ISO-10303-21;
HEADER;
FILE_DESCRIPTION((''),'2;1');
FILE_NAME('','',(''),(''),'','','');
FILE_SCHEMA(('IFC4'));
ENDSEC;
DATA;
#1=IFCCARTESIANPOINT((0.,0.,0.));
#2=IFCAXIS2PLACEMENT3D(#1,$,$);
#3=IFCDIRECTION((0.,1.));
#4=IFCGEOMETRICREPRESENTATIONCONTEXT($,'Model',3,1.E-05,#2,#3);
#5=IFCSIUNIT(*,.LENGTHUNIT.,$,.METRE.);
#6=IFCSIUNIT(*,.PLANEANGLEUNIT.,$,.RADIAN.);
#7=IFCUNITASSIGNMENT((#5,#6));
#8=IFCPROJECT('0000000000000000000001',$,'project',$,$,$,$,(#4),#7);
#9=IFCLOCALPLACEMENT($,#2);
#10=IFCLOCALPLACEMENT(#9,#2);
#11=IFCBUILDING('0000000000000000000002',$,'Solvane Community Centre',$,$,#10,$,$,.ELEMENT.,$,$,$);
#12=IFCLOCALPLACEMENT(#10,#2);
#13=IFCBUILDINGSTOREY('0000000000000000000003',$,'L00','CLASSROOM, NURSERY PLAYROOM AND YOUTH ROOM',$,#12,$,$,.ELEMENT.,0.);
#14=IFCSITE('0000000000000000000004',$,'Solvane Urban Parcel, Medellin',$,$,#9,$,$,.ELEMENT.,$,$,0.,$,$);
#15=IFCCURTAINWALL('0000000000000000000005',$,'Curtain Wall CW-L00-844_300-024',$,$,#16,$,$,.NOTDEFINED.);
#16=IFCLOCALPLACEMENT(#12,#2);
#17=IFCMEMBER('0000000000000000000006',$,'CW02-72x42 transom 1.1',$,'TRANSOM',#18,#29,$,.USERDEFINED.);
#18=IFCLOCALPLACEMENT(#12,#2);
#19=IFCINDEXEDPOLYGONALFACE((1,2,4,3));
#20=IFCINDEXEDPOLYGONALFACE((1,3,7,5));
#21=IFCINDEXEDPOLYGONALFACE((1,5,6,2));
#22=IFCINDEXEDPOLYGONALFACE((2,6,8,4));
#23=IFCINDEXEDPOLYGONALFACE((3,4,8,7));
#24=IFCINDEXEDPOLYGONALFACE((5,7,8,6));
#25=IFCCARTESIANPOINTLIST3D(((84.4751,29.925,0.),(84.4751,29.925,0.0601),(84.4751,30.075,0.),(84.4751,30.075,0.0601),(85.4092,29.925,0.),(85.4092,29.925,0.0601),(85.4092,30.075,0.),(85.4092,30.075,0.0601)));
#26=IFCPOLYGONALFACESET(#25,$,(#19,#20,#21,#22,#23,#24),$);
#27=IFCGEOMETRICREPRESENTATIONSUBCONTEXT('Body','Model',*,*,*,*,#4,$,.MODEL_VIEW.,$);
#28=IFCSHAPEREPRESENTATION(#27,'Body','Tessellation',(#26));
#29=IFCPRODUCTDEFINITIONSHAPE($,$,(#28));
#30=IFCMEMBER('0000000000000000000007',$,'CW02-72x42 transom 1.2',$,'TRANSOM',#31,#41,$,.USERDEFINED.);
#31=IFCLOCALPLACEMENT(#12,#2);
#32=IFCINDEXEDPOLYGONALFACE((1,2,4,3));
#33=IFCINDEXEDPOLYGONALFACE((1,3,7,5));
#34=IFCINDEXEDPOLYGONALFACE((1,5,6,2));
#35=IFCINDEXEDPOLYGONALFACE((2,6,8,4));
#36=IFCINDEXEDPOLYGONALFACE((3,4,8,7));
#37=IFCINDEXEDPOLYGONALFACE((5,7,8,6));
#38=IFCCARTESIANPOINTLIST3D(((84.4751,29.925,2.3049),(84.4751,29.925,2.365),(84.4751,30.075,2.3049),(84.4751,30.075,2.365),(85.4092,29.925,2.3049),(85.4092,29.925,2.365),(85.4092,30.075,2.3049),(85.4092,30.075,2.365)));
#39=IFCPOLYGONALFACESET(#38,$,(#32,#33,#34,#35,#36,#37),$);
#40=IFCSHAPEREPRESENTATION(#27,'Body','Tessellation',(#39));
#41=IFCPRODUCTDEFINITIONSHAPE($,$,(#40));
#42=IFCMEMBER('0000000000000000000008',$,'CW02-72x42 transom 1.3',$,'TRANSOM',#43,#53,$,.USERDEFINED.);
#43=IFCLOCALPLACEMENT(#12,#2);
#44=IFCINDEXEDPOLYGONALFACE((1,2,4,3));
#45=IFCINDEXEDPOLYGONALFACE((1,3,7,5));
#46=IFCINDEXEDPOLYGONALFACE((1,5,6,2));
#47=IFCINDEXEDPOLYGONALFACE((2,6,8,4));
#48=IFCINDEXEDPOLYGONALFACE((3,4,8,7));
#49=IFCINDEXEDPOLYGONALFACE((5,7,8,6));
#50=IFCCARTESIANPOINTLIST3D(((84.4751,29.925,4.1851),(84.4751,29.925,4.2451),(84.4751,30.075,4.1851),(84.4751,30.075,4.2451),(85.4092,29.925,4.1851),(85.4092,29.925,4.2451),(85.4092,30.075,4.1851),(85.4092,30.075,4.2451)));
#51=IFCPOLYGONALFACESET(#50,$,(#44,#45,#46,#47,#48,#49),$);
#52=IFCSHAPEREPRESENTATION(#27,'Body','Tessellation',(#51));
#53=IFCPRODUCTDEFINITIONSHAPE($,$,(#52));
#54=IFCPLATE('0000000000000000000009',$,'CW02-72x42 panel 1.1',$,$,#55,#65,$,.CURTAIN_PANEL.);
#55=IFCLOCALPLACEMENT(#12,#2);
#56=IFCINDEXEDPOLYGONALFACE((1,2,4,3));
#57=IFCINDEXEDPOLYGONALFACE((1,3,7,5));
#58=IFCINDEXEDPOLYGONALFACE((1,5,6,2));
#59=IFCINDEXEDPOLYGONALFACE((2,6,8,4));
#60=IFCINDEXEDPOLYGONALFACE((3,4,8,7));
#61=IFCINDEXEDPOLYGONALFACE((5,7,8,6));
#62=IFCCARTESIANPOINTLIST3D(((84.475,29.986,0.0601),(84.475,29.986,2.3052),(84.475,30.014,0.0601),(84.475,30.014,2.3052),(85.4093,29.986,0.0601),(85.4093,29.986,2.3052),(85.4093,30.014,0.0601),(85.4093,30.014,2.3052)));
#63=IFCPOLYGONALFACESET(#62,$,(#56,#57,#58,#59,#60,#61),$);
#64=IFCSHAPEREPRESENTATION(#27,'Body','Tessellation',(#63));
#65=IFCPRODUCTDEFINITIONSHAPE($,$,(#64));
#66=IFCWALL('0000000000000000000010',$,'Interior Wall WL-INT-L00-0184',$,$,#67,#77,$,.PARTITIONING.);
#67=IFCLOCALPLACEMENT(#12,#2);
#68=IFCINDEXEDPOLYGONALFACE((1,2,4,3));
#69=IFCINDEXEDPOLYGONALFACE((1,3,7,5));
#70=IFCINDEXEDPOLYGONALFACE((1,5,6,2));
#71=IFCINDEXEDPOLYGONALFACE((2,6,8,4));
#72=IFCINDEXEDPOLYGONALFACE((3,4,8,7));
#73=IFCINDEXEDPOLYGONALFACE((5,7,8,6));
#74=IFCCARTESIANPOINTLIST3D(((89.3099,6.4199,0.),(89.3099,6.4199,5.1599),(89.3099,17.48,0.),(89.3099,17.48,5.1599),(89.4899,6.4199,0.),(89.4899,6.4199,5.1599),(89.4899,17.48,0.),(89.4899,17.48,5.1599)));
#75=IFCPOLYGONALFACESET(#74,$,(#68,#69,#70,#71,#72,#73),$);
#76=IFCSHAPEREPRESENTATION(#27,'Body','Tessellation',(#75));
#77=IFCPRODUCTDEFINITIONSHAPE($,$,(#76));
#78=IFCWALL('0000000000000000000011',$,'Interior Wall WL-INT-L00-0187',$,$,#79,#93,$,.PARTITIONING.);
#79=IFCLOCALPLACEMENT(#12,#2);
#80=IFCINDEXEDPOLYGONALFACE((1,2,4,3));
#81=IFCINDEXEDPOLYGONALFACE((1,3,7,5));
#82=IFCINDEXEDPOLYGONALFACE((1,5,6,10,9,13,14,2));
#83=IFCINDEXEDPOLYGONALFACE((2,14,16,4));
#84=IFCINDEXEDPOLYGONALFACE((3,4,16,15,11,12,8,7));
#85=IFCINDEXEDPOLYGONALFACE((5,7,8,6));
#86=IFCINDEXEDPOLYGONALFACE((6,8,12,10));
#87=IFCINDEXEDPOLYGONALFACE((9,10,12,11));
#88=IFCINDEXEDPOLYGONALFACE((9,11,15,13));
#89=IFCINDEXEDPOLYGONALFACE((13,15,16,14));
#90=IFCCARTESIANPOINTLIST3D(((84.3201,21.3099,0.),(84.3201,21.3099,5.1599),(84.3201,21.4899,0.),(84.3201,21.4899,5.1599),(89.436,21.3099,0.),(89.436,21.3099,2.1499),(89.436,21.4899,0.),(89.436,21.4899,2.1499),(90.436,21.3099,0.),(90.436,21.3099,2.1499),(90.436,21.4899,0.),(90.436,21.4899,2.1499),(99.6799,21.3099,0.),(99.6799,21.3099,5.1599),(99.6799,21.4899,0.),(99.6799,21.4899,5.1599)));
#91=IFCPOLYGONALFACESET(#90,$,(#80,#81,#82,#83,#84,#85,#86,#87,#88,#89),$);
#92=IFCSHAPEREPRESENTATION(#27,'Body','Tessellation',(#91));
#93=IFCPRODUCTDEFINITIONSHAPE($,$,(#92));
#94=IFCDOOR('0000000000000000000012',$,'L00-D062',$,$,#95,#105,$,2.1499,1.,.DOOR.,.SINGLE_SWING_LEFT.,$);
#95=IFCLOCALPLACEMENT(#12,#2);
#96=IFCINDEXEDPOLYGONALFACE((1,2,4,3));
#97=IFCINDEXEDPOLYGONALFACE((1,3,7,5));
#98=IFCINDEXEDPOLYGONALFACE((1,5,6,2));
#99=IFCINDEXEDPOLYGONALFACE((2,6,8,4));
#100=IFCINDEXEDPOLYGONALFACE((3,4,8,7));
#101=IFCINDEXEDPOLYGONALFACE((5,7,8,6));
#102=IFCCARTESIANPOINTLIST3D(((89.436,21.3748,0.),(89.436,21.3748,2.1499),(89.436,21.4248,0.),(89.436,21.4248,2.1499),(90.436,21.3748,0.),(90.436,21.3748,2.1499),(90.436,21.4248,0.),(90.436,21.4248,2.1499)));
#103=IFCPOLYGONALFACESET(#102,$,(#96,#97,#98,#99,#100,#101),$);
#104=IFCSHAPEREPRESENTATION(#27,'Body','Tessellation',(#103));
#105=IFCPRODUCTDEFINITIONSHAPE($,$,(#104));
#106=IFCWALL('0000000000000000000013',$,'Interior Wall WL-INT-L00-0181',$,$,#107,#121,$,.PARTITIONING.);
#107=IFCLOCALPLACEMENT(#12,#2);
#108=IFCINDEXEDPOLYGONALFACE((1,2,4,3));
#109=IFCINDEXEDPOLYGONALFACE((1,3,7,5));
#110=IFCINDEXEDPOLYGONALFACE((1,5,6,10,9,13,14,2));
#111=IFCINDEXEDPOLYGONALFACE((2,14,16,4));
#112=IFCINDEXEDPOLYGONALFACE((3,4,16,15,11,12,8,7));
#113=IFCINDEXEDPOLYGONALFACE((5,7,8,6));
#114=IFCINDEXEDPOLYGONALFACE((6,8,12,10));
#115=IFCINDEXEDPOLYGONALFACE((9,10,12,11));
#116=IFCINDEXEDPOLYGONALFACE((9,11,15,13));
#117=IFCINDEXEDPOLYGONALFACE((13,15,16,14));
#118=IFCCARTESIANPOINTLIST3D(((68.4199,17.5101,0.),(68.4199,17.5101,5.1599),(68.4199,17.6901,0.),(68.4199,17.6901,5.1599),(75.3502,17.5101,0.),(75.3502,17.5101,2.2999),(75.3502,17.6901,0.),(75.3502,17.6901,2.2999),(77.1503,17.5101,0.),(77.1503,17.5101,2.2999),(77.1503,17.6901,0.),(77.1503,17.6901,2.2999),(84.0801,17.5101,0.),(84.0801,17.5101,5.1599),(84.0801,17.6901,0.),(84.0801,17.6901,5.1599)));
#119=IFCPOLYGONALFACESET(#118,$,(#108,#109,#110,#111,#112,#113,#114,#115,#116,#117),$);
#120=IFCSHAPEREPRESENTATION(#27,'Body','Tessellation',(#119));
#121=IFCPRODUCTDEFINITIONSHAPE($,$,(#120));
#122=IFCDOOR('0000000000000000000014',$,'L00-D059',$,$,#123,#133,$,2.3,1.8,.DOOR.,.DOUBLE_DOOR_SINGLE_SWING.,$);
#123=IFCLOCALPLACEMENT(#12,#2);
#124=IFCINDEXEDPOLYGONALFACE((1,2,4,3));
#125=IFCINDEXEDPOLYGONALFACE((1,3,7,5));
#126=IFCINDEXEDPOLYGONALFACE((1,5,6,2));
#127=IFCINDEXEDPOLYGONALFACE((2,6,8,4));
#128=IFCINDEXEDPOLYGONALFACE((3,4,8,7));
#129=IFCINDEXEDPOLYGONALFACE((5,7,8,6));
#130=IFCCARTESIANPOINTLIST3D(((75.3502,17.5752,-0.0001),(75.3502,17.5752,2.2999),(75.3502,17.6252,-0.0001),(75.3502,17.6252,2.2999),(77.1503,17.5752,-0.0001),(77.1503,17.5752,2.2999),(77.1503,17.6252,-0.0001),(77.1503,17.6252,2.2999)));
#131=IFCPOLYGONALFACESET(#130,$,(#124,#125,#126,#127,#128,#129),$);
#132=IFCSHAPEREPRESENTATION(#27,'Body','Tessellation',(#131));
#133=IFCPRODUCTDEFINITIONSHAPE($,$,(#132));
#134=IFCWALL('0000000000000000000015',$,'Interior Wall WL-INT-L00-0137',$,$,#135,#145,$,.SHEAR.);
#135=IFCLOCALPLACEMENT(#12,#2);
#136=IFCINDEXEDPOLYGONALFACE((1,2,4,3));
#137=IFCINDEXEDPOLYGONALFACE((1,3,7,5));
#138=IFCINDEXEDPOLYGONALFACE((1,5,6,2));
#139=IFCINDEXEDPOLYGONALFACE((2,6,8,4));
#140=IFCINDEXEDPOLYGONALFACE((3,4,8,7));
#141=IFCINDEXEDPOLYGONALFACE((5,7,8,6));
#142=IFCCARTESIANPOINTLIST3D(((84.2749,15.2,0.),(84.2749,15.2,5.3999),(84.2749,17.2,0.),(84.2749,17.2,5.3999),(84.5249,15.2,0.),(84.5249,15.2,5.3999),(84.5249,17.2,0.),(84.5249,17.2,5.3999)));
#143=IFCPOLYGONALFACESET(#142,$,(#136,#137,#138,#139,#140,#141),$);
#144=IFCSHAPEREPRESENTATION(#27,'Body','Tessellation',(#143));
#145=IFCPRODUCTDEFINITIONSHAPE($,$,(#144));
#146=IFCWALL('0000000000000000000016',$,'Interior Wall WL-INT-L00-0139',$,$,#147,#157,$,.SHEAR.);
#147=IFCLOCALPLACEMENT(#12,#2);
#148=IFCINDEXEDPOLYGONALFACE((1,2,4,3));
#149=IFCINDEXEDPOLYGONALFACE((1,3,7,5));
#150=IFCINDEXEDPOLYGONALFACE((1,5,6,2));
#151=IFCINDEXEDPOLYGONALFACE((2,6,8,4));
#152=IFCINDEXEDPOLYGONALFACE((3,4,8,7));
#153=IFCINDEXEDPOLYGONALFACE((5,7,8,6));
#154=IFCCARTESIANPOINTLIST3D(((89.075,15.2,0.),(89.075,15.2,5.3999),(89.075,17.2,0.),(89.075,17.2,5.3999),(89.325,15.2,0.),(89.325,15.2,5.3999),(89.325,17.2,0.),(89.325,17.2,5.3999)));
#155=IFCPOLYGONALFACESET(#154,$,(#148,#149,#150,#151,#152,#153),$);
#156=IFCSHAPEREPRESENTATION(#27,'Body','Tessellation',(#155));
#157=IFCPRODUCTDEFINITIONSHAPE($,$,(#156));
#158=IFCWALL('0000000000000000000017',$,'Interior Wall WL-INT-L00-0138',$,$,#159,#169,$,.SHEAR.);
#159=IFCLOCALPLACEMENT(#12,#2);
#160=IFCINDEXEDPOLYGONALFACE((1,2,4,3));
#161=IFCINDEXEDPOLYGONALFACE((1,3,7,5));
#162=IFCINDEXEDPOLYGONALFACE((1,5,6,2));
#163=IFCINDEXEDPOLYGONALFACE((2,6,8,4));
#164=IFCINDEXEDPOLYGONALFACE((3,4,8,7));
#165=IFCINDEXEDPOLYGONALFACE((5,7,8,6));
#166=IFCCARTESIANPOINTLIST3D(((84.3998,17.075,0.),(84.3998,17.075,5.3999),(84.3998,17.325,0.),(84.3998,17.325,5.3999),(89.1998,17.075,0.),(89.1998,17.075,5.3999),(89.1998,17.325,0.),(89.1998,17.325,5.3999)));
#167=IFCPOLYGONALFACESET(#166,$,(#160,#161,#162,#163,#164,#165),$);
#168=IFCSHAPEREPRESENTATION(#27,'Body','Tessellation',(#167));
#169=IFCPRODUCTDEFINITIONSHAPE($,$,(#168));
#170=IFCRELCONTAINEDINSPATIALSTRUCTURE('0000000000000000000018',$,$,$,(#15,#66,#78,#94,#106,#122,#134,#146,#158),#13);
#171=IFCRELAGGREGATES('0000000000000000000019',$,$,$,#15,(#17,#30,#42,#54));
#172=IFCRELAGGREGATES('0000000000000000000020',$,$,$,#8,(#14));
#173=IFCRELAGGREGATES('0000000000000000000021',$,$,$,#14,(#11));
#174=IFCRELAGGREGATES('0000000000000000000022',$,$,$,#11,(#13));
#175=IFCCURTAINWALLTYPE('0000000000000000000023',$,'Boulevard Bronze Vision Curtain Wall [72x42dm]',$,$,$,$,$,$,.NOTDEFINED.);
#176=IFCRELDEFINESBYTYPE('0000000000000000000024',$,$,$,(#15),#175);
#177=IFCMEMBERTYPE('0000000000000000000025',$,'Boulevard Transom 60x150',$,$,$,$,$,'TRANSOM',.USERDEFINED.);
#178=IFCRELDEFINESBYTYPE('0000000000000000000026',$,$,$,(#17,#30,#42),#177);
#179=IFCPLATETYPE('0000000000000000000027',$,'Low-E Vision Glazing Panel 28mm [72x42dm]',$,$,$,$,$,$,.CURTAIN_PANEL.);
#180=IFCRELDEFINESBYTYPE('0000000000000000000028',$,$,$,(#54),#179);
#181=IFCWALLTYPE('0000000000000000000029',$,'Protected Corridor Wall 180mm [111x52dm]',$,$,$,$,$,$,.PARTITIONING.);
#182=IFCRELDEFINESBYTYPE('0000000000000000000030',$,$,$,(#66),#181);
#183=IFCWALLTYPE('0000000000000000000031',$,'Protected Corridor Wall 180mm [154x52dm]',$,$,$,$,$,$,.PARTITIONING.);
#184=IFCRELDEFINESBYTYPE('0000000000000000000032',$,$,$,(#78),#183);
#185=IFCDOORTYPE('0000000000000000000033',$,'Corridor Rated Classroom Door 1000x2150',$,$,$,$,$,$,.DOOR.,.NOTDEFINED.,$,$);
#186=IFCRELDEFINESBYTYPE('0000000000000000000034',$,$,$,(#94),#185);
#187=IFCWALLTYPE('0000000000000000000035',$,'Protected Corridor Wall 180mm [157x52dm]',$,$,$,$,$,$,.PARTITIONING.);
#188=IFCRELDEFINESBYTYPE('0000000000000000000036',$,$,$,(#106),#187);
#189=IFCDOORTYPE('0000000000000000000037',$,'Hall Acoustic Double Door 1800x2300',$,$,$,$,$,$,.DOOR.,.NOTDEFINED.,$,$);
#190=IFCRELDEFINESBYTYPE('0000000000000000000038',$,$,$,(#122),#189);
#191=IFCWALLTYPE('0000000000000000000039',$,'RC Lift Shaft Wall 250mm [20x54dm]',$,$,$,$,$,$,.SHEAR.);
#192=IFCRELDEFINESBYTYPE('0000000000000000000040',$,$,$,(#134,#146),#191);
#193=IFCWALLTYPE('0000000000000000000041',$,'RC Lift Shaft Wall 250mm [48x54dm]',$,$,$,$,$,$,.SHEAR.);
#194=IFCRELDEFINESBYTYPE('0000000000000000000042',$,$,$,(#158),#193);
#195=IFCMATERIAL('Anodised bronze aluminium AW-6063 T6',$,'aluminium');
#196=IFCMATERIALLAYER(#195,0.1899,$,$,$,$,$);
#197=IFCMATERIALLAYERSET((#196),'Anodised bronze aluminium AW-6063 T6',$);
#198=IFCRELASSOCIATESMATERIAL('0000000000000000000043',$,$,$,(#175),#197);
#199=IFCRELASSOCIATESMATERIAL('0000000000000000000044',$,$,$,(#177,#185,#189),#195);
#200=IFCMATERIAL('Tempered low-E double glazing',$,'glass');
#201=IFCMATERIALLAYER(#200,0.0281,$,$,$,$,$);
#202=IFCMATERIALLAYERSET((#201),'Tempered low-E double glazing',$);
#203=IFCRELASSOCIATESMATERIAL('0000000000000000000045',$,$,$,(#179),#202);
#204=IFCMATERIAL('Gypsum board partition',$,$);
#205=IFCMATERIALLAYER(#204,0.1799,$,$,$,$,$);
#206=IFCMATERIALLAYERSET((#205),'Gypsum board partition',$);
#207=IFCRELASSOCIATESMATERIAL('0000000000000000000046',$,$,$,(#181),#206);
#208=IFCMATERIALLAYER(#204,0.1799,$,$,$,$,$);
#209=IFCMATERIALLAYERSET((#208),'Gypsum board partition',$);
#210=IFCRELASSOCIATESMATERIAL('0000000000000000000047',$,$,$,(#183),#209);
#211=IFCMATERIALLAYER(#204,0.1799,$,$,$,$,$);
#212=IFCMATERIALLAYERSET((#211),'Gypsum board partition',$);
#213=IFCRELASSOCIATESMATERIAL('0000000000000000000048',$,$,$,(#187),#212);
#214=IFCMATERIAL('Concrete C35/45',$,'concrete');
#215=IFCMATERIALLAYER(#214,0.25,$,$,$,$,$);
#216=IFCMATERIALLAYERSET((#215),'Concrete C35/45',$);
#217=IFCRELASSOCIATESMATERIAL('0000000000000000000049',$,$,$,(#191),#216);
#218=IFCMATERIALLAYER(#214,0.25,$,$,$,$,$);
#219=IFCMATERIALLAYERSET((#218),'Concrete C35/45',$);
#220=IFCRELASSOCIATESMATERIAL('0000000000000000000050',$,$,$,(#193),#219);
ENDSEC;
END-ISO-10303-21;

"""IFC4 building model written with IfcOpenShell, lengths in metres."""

from ifc_helpers import new_model, si_unit, direction, frame, frame_2d, origin, origin_2d, place, context, subcontext, project, spatial, rectangle, extrude, material, layer, layer_set, material_profile, profile_set, type_object, element, fill, aggregate, save


model = new_model("IFC4")

# Units and contexts
model_context = context("Model", 3, precision=1e-05, world=origin(), true_north=direction((0.0, 1.0)))
body_context = subcontext(model_context, "Body", "Model", "MODEL_VIEW")
ifc_project = project(units=[si_unit("LENGTHUNIT", "METRE"), si_unit("PLANEANGLEUNIT", "RADIAN")], contexts=[model_context])

# Site, building, storey
site_placement = place(None, origin())
site = spatial("IfcSite", under=ifc_project, at=site_placement, Name="Solvane Urban Parcel, Medellin", CompositionType="ELEMENT", RefElevation=0.0)
building_placement = place(site_placement, origin())
building = spatial("IfcBuilding", under=site, at=building_placement, Name="Solvane Community Centre", CompositionType="ELEMENT")
storey_placement = place(building_placement, origin())
storey = spatial("IfcBuildingStorey", under=building, at=storey_placement, Name="L00", Description="CLASSROOM, NURSERY PLAYROOM AND YOUTH ROOM", CompositionType="ELEMENT", Elevation=0.0)

# Shared definitions
ifc_material_1 = material(Name="Concrete C35/45", Category="concrete")

# Curtain wall, members, plate
ifc_material_2 = material(Name="Anodised bronze aluminium AW-6063 T6", Category="aluminium")
ifc_layer_1 = layer(ifc_material_2, 0.1899)
ifc_layer_set_1 = layer_set([ifc_layer_1], Name="Anodised bronze aluminium AW-6063 T6")
curtain_wall_type = type_object("IfcCurtainWallType", Name="Boulevard Bronze Vision Curtain Wall [72x42dm]", PredefinedType="NOTDEFINED", material=ifc_layer_set_1)
curtain_wall_placement = place(storey_placement, origin())
curtain_wall = element("IfcCurtainWall", 1, at=curtain_wall_placement, inside=storey, type_object=curtain_wall_type, Name="Curtain Wall CW-L00-844_300-024", PredefinedType="NOTDEFINED")
ifc_material_profile_1 = material_profile(ifc_material_2, rectangle(XDim=0.1499, YDim=0.0601, at=origin_2d()), Name="CW-T 60x150")
ifc_profile_set_1 = profile_set([ifc_material_profile_1], Name="Anodised bronze aluminium AW-6063 T6")
member_type_1 = type_object("IfcMemberType", Name="Boulevard Transom 60x150", ElementType="TRANSOM", PredefinedType="USERDEFINED", material=ifc_profile_set_1)
member_1_placement = place(storey_placement, frame((84.4751, 30.0, 0.03), z_axis=(1.0, 0.0, 0.0), x_axis=(0.0, 1.0, 0.0)))
member_1 = element("IfcMember", 2, at=member_1_placement, type_object=member_type_1, Name="CW02-72x42 transom 1.1", ObjectType="TRANSOM", PredefinedType="USERDEFINED", context=body_context, shape_type="SweptSolid", body=[
    extrude(rectangle(XDim=0.1499, YDim=0.0601, at=origin_2d()), origin(), (0.0, 0.0, 1.0), 0.9341),
])
member_2_placement = place(storey_placement, frame((84.4751, 30.0, 2.335), z_axis=(1.0, 0.0, 0.0), x_axis=(0.0, 1.0, 0.0)))
member_2 = element("IfcMember", 3, at=member_2_placement, type_object=member_type_1, Name="CW02-72x42 transom 1.2", ObjectType="TRANSOM", PredefinedType="USERDEFINED", context=body_context, shape_type="SweptSolid", body=[
    extrude(rectangle(XDim=0.1499, YDim=0.0601, at=origin_2d()), origin(), (0.0, 0.0, 1.0), 0.9341),
])
member_3_placement = place(storey_placement, frame((84.4751, 30.0, 4.2151), z_axis=(1.0, 0.0, 0.0), x_axis=(0.0, 1.0, 0.0)))
member_3 = element("IfcMember", 4, at=member_3_placement, type_object=member_type_1, Name="CW02-72x42 transom 1.3", ObjectType="TRANSOM", PredefinedType="USERDEFINED", context=body_context, shape_type="SweptSolid", body=[
    extrude(rectangle(XDim=0.1499, YDim=0.0601, at=origin_2d()), origin(), (0.0, 0.0, 1.0), 0.9341),
])
ifc_material_3 = material(Name="Tempered low-E double glazing", Category="glass")
ifc_layer_2 = layer(ifc_material_3, 0.0281)
ifc_layer_set_2 = layer_set([ifc_layer_2], Name="Tempered low-E double glazing")
plate_type = type_object("IfcPlateType", Name="Low-E Vision Glazing Panel 28mm [72x42dm]", PredefinedType="CURTAIN_PANEL", material=ifc_layer_set_2)
plate_placement = place(storey_placement, frame((84.9421, 30.0, 0.0601), z_axis=(0.0, 0.0, 1.0), x_axis=(1.0, 0.0, 0.0)))
plate = element("IfcPlate", 5, at=plate_placement, type_object=plate_type, Name="CW02-72x42 panel 1.1", PredefinedType="CURTAIN_PANEL", context=body_context, shape_type="SweptSolid", body=[
    extrude(rectangle(XDim=0.9343, YDim=0.0281, at=origin_2d()), origin(), (0.0, 0.0, 1.0), 2.2451),
])
aggregate(curtain_wall, [member_1, member_2, member_3, plate])

# Wall
ifc_material_4 = material(Name="Gypsum board partition")
ifc_layer_3 = layer(ifc_material_4, 0.1799)
ifc_layer_set_3 = layer_set([ifc_layer_3], Name="Gypsum board partition")
wall_type_1 = type_object("IfcWallType", Name="Protected Corridor Wall 180mm [111x52dm]", PredefinedType="PARTITIONING", material=ifc_layer_set_3)
wall_1_placement = place(storey_placement, frame((89.3999, 17.48, 0.0), z_axis=(0.0, 0.0, 1.0), x_axis=(0.0, -1.0, 0.0)))
element("IfcWall", 6, at=wall_1_placement, inside=storey, type_object=wall_type_1, Name="Interior Wall WL-INT-L00-0184", PredefinedType="PARTITIONING", context=body_context, shape_type="SweptSolid", body=[
    extrude(rectangle(XDim=11.0601, YDim=0.1799, at=frame_2d((5.53, 0.0))), origin(), (0.0, 0.0, 1.0), 5.1599),
])

# Walls, openings, doors
ifc_layer_4 = layer(ifc_material_4, 0.1799)
ifc_layer_set_4 = layer_set([ifc_layer_4], Name="Gypsum board partition")
wall_type_2 = type_object("IfcWallType", Name="Protected Corridor Wall 180mm [154x52dm]", PredefinedType="PARTITIONING", material=ifc_layer_set_4)
wall_2_placement = place(storey_placement, frame((84.3201, 21.3999, 0.0), z_axis=(0.0, 0.0, 1.0), x_axis=(1.0, 0.0, 0.0)))
wall_2 = element("IfcWall", 7, at=wall_2_placement, inside=storey, type_object=wall_type_2, Name="Interior Wall WL-INT-L00-0187", PredefinedType="PARTITIONING", context=body_context, shape_type="SweptSolid", body=[
    extrude(rectangle(XDim=15.3599, YDim=0.1799, at=frame_2d((7.6799, 0.0))), origin(), (0.0, 0.0, 1.0), 5.1599),
])
opening_1_placement = place(wall_2_placement, frame((5.116, 0.0, 0.0)))
opening_1 = element("IfcOpeningElement", 8, at=opening_1_placement, cuts=wall_2, PredefinedType="OPENING", context=body_context, shape_type="SweptSolid", body=[
    extrude(rectangle(XDim=1.0, YDim=2.1499, at=frame_2d((0.5, 1.075))), frame((0.0, 0.0999, 0.0), z_axis=(0.0, -1.0, 0.0), x_axis=(1.0, 0.0, 0.0)), (0.0, 0.0, 1.0), 0.2),
])
door_type_1 = type_object("IfcDoorType", Name="Corridor Rated Classroom Door 1000x2150", OperationType="NOTDEFINED", PredefinedType="DOOR", material=ifc_material_2)
door_1_placement = place(opening_1_placement, origin())
door_1 = element("IfcDoor", 9, at=door_1_placement, inside=storey, type_object=door_type_1, Name="L00-D062", OperationType="SINGLE_SWING_LEFT", OverallHeight=2.1499, OverallWidth=1.0, PredefinedType="DOOR", context=body_context, shape_type="SweptSolid", body=[
    extrude(rectangle(XDim=1.0, YDim=2.1499, at=frame_2d((0.5, 1.075))), frame((0.0, 0.0249, 0.0), z_axis=(0.0, -1.0, 0.0), x_axis=(1.0, 0.0, 0.0)), (0.0, 0.0, 1.0), 0.05),
])
fill(opening_1, door_1)
ifc_layer_5 = layer(ifc_material_4, 0.1799)
ifc_layer_set_5 = layer_set([ifc_layer_5], Name="Gypsum board partition")
wall_type_3 = type_object("IfcWallType", Name="Protected Corridor Wall 180mm [157x52dm]", PredefinedType="PARTITIONING", material=ifc_layer_set_5)
wall_3_placement = place(storey_placement, frame((84.0801, 17.6001, 0.0), z_axis=(0.0, 0.0, 1.0), x_axis=(-1.0, 0.0, 0.0)))
wall_3 = element("IfcWall", 10, at=wall_3_placement, inside=storey, type_object=wall_type_3, Name="Interior Wall WL-INT-L00-0181", PredefinedType="PARTITIONING", context=body_context, shape_type="SweptSolid", body=[
    extrude(rectangle(XDim=15.6602, YDim=0.1799, at=frame_2d((7.8301, 0.0))), origin(), (0.0, 0.0, 1.0), 5.1599),
])
opening_2_placement = place(wall_3_placement, frame((6.9299, 0.0, 0.0)))
opening_2 = element("IfcOpeningElement", 11, at=opening_2_placement, cuts=wall_3, PredefinedType="OPENING", context=body_context, shape_type="SweptSolid", body=[
    extrude(rectangle(XDim=1.8, YDim=2.3, at=frame_2d((0.8999, 1.1499))), frame((0.0, 0.0999, 0.0), z_axis=(0.0, -1.0, 0.0), x_axis=(1.0, 0.0, 0.0)), (0.0, 0.0, 1.0), 0.2),
])
door_type_2 = type_object("IfcDoorType", Name="Hall Acoustic Double Door 1800x2300", OperationType="NOTDEFINED", PredefinedType="DOOR", material=ifc_material_2)
door_2_placement = place(opening_2_placement, origin())
door_2 = element("IfcDoor", 12, at=door_2_placement, inside=storey, type_object=door_type_2, Name="L00-D059", OperationType="DOUBLE_DOOR_SINGLE_SWING", OverallHeight=2.3, OverallWidth=1.8, PredefinedType="DOOR", context=body_context, shape_type="SweptSolid", body=[
    extrude(rectangle(XDim=1.8, YDim=2.3, at=frame_2d((0.8999, 1.1499))), frame((0.0, 0.0249, 0.0), z_axis=(0.0, -1.0, 0.0), x_axis=(1.0, 0.0, 0.0)), (0.0, 0.0, 1.0), 0.05),
])
fill(opening_2, door_2)

# Walls
ifc_layer_6 = layer(ifc_material_1, 0.25)
ifc_layer_set_6 = layer_set([ifc_layer_6], Name="Concrete C35/45")
wall_type_4 = type_object("IfcWallType", Name="RC Lift Shaft Wall 250mm [20x54dm]", PredefinedType="SHEAR", material=ifc_layer_set_6)
for number, where, z_axis, x_axis, name in (
    (13, (84.3999, 15.2, 0.0), (0.0, 0.0, 1.0), (0.0, 1.0, 0.0), "Interior Wall WL-INT-L00-0137"),
    (14, (89.2, 17.2, 0.0), (0.0, 0.0, 1.0), (0.0, -1.0, 0.0), "Interior Wall WL-INT-L00-0139"),
):
    element("IfcWall", number, at=place(storey_placement, frame(where, z_axis=z_axis, x_axis=x_axis)), inside=storey, type_object=wall_type_4, Name=name, PredefinedType="SHEAR", context=body_context, shape_type="SweptSolid", body=[
        extrude(rectangle(XDim=2.0, YDim=0.25, at=frame_2d((1.0, 0.0))), origin(), (0.0, 0.0, 1.0), 5.3999),
    ])
ifc_layer_7 = layer(ifc_material_1, 0.25)
ifc_layer_set_7 = layer_set([ifc_layer_7], Name="Concrete C35/45")
wall_type_5 = type_object("IfcWallType", Name="RC Lift Shaft Wall 250mm [48x54dm]", PredefinedType="SHEAR", material=ifc_layer_set_7)
wall_4_placement = place(storey_placement, frame((84.3999, 17.2, 0.0), z_axis=(0.0, 0.0, 1.0), x_axis=(1.0, 0.0, 0.0)))
element("IfcWall", 15, at=wall_4_placement, inside=storey, type_object=wall_type_5, Name="Interior Wall WL-INT-L00-0138", PredefinedType="SHEAR", context=body_context, shape_type="SweptSolid", body=[
    extrude(rectangle(XDim=4.8, YDim=0.25, at=frame_2d((2.3999, 0.0))), origin(), (0.0, 0.0, 1.0), 5.3999),
])

save(model, "model.ifc")
